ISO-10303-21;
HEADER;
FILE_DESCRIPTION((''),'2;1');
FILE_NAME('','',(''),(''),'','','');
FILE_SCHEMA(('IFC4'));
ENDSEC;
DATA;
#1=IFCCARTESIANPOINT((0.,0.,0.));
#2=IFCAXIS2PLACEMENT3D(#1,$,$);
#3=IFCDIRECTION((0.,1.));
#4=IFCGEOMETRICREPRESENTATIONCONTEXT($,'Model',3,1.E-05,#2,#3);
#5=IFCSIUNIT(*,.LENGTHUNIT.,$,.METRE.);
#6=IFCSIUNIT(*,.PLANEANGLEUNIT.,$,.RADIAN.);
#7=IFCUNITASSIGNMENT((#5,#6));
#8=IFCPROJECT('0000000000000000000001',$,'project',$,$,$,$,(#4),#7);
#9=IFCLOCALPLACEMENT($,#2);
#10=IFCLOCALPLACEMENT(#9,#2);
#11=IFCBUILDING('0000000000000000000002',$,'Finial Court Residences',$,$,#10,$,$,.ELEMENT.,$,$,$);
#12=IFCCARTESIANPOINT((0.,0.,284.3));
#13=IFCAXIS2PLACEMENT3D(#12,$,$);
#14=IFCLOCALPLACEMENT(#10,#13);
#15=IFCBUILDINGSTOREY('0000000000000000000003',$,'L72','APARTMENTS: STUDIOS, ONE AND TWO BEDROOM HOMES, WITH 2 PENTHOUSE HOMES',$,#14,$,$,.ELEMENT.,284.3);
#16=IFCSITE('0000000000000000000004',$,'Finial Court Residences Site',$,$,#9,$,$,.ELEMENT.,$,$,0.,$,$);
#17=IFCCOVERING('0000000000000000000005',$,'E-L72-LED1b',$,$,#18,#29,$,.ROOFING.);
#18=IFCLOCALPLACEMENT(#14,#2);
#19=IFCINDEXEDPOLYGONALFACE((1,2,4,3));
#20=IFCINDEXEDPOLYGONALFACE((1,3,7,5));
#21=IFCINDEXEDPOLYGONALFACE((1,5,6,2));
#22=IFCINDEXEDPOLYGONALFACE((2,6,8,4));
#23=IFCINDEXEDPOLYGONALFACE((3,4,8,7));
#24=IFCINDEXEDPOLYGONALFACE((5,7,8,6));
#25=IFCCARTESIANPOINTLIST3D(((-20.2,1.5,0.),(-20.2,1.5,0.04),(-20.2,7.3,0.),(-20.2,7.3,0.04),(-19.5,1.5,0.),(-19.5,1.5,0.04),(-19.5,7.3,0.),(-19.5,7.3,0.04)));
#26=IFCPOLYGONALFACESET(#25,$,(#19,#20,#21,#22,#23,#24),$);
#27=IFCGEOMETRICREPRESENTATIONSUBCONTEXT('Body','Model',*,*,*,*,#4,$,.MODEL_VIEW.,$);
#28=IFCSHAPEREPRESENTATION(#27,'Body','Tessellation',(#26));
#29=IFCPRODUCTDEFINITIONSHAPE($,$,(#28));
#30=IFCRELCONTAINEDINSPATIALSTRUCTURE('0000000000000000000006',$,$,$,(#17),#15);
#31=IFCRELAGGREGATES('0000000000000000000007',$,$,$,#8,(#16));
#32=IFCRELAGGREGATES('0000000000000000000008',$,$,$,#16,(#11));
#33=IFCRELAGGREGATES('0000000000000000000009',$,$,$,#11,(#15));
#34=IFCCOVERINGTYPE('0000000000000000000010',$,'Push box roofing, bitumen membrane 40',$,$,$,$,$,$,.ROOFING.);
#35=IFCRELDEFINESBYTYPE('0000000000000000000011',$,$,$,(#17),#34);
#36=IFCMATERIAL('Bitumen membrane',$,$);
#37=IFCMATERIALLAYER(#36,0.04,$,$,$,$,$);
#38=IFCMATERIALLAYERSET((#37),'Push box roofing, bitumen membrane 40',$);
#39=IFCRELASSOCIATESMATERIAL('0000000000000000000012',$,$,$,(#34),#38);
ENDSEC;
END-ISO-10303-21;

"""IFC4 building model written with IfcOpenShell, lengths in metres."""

from ifc_helpers import new_model, si_unit, direction, frame, origin, place, context, subcontext, project, spatial, polyline, outline, extrude, material, layer, layer_set, type_object, element, save


model = new_model("IFC4")

# Units and contexts
model_context = context("Model", 3, precision=1e-05, world=origin(), true_north=direction((0.0, 1.0)))
body_context = subcontext(model_context, "Body", "Model", "MODEL_VIEW")
ifc_project = project(units=[si_unit("LENGTHUNIT", "METRE"), si_unit("PLANEANGLEUNIT", "RADIAN")], contexts=[model_context])

# Site, building, storey
site_placement = place(None, origin())
site = spatial("IfcSite", under=ifc_project, at=site_placement, Name="Finial Court Residences Site", CompositionType="ELEMENT", RefElevation=0.0)
building_placement = place(site_placement, origin())
building = spatial("IfcBuilding", under=site, at=building_placement, Name="Finial Court Residences", CompositionType="ELEMENT")
storey_placement = place(building_placement, frame((0.0, 0.0, 284.3)))
storey = spatial("IfcBuildingStorey", under=building, at=storey_placement, Name="L72", Description="APARTMENTS: STUDIOS, ONE AND TWO BEDROOM HOMES, WITH 2 PENTHOUSE HOMES", CompositionType="ELEMENT", Elevation=284.3)

# Covering
ifc_material_1 = material(Name="Bitumen membrane")
ifc_layer_1 = layer(ifc_material_1, 0.04)
ifc_layer_set_1 = layer_set([ifc_layer_1], Name="Push box roofing, bitumen membrane 40")
covering_type_1 = type_object("IfcCoveringType", Name="Push box roofing, bitumen membrane 40", PredefinedType="ROOFING", material=ifc_layer_set_1)
covering_1_placement = place(storey_placement, origin())
element("IfcCovering", 1, at=covering_1_placement, inside=storey, type_object=covering_type_1, Name="E-L72-LED1b", PredefinedType="ROOFING", context=body_context, shape_type="SweptSolid", body=[
    extrude(outline(polyline([(-19.5, 1.5), (-20.2, 1.5), (-20.2, 7.3), (-19.5, 7.3), (-19.5, 1.5)])), origin(), (0.0, 0.0, 1.0), 0.04),
])

save(model, "model.ifc")
